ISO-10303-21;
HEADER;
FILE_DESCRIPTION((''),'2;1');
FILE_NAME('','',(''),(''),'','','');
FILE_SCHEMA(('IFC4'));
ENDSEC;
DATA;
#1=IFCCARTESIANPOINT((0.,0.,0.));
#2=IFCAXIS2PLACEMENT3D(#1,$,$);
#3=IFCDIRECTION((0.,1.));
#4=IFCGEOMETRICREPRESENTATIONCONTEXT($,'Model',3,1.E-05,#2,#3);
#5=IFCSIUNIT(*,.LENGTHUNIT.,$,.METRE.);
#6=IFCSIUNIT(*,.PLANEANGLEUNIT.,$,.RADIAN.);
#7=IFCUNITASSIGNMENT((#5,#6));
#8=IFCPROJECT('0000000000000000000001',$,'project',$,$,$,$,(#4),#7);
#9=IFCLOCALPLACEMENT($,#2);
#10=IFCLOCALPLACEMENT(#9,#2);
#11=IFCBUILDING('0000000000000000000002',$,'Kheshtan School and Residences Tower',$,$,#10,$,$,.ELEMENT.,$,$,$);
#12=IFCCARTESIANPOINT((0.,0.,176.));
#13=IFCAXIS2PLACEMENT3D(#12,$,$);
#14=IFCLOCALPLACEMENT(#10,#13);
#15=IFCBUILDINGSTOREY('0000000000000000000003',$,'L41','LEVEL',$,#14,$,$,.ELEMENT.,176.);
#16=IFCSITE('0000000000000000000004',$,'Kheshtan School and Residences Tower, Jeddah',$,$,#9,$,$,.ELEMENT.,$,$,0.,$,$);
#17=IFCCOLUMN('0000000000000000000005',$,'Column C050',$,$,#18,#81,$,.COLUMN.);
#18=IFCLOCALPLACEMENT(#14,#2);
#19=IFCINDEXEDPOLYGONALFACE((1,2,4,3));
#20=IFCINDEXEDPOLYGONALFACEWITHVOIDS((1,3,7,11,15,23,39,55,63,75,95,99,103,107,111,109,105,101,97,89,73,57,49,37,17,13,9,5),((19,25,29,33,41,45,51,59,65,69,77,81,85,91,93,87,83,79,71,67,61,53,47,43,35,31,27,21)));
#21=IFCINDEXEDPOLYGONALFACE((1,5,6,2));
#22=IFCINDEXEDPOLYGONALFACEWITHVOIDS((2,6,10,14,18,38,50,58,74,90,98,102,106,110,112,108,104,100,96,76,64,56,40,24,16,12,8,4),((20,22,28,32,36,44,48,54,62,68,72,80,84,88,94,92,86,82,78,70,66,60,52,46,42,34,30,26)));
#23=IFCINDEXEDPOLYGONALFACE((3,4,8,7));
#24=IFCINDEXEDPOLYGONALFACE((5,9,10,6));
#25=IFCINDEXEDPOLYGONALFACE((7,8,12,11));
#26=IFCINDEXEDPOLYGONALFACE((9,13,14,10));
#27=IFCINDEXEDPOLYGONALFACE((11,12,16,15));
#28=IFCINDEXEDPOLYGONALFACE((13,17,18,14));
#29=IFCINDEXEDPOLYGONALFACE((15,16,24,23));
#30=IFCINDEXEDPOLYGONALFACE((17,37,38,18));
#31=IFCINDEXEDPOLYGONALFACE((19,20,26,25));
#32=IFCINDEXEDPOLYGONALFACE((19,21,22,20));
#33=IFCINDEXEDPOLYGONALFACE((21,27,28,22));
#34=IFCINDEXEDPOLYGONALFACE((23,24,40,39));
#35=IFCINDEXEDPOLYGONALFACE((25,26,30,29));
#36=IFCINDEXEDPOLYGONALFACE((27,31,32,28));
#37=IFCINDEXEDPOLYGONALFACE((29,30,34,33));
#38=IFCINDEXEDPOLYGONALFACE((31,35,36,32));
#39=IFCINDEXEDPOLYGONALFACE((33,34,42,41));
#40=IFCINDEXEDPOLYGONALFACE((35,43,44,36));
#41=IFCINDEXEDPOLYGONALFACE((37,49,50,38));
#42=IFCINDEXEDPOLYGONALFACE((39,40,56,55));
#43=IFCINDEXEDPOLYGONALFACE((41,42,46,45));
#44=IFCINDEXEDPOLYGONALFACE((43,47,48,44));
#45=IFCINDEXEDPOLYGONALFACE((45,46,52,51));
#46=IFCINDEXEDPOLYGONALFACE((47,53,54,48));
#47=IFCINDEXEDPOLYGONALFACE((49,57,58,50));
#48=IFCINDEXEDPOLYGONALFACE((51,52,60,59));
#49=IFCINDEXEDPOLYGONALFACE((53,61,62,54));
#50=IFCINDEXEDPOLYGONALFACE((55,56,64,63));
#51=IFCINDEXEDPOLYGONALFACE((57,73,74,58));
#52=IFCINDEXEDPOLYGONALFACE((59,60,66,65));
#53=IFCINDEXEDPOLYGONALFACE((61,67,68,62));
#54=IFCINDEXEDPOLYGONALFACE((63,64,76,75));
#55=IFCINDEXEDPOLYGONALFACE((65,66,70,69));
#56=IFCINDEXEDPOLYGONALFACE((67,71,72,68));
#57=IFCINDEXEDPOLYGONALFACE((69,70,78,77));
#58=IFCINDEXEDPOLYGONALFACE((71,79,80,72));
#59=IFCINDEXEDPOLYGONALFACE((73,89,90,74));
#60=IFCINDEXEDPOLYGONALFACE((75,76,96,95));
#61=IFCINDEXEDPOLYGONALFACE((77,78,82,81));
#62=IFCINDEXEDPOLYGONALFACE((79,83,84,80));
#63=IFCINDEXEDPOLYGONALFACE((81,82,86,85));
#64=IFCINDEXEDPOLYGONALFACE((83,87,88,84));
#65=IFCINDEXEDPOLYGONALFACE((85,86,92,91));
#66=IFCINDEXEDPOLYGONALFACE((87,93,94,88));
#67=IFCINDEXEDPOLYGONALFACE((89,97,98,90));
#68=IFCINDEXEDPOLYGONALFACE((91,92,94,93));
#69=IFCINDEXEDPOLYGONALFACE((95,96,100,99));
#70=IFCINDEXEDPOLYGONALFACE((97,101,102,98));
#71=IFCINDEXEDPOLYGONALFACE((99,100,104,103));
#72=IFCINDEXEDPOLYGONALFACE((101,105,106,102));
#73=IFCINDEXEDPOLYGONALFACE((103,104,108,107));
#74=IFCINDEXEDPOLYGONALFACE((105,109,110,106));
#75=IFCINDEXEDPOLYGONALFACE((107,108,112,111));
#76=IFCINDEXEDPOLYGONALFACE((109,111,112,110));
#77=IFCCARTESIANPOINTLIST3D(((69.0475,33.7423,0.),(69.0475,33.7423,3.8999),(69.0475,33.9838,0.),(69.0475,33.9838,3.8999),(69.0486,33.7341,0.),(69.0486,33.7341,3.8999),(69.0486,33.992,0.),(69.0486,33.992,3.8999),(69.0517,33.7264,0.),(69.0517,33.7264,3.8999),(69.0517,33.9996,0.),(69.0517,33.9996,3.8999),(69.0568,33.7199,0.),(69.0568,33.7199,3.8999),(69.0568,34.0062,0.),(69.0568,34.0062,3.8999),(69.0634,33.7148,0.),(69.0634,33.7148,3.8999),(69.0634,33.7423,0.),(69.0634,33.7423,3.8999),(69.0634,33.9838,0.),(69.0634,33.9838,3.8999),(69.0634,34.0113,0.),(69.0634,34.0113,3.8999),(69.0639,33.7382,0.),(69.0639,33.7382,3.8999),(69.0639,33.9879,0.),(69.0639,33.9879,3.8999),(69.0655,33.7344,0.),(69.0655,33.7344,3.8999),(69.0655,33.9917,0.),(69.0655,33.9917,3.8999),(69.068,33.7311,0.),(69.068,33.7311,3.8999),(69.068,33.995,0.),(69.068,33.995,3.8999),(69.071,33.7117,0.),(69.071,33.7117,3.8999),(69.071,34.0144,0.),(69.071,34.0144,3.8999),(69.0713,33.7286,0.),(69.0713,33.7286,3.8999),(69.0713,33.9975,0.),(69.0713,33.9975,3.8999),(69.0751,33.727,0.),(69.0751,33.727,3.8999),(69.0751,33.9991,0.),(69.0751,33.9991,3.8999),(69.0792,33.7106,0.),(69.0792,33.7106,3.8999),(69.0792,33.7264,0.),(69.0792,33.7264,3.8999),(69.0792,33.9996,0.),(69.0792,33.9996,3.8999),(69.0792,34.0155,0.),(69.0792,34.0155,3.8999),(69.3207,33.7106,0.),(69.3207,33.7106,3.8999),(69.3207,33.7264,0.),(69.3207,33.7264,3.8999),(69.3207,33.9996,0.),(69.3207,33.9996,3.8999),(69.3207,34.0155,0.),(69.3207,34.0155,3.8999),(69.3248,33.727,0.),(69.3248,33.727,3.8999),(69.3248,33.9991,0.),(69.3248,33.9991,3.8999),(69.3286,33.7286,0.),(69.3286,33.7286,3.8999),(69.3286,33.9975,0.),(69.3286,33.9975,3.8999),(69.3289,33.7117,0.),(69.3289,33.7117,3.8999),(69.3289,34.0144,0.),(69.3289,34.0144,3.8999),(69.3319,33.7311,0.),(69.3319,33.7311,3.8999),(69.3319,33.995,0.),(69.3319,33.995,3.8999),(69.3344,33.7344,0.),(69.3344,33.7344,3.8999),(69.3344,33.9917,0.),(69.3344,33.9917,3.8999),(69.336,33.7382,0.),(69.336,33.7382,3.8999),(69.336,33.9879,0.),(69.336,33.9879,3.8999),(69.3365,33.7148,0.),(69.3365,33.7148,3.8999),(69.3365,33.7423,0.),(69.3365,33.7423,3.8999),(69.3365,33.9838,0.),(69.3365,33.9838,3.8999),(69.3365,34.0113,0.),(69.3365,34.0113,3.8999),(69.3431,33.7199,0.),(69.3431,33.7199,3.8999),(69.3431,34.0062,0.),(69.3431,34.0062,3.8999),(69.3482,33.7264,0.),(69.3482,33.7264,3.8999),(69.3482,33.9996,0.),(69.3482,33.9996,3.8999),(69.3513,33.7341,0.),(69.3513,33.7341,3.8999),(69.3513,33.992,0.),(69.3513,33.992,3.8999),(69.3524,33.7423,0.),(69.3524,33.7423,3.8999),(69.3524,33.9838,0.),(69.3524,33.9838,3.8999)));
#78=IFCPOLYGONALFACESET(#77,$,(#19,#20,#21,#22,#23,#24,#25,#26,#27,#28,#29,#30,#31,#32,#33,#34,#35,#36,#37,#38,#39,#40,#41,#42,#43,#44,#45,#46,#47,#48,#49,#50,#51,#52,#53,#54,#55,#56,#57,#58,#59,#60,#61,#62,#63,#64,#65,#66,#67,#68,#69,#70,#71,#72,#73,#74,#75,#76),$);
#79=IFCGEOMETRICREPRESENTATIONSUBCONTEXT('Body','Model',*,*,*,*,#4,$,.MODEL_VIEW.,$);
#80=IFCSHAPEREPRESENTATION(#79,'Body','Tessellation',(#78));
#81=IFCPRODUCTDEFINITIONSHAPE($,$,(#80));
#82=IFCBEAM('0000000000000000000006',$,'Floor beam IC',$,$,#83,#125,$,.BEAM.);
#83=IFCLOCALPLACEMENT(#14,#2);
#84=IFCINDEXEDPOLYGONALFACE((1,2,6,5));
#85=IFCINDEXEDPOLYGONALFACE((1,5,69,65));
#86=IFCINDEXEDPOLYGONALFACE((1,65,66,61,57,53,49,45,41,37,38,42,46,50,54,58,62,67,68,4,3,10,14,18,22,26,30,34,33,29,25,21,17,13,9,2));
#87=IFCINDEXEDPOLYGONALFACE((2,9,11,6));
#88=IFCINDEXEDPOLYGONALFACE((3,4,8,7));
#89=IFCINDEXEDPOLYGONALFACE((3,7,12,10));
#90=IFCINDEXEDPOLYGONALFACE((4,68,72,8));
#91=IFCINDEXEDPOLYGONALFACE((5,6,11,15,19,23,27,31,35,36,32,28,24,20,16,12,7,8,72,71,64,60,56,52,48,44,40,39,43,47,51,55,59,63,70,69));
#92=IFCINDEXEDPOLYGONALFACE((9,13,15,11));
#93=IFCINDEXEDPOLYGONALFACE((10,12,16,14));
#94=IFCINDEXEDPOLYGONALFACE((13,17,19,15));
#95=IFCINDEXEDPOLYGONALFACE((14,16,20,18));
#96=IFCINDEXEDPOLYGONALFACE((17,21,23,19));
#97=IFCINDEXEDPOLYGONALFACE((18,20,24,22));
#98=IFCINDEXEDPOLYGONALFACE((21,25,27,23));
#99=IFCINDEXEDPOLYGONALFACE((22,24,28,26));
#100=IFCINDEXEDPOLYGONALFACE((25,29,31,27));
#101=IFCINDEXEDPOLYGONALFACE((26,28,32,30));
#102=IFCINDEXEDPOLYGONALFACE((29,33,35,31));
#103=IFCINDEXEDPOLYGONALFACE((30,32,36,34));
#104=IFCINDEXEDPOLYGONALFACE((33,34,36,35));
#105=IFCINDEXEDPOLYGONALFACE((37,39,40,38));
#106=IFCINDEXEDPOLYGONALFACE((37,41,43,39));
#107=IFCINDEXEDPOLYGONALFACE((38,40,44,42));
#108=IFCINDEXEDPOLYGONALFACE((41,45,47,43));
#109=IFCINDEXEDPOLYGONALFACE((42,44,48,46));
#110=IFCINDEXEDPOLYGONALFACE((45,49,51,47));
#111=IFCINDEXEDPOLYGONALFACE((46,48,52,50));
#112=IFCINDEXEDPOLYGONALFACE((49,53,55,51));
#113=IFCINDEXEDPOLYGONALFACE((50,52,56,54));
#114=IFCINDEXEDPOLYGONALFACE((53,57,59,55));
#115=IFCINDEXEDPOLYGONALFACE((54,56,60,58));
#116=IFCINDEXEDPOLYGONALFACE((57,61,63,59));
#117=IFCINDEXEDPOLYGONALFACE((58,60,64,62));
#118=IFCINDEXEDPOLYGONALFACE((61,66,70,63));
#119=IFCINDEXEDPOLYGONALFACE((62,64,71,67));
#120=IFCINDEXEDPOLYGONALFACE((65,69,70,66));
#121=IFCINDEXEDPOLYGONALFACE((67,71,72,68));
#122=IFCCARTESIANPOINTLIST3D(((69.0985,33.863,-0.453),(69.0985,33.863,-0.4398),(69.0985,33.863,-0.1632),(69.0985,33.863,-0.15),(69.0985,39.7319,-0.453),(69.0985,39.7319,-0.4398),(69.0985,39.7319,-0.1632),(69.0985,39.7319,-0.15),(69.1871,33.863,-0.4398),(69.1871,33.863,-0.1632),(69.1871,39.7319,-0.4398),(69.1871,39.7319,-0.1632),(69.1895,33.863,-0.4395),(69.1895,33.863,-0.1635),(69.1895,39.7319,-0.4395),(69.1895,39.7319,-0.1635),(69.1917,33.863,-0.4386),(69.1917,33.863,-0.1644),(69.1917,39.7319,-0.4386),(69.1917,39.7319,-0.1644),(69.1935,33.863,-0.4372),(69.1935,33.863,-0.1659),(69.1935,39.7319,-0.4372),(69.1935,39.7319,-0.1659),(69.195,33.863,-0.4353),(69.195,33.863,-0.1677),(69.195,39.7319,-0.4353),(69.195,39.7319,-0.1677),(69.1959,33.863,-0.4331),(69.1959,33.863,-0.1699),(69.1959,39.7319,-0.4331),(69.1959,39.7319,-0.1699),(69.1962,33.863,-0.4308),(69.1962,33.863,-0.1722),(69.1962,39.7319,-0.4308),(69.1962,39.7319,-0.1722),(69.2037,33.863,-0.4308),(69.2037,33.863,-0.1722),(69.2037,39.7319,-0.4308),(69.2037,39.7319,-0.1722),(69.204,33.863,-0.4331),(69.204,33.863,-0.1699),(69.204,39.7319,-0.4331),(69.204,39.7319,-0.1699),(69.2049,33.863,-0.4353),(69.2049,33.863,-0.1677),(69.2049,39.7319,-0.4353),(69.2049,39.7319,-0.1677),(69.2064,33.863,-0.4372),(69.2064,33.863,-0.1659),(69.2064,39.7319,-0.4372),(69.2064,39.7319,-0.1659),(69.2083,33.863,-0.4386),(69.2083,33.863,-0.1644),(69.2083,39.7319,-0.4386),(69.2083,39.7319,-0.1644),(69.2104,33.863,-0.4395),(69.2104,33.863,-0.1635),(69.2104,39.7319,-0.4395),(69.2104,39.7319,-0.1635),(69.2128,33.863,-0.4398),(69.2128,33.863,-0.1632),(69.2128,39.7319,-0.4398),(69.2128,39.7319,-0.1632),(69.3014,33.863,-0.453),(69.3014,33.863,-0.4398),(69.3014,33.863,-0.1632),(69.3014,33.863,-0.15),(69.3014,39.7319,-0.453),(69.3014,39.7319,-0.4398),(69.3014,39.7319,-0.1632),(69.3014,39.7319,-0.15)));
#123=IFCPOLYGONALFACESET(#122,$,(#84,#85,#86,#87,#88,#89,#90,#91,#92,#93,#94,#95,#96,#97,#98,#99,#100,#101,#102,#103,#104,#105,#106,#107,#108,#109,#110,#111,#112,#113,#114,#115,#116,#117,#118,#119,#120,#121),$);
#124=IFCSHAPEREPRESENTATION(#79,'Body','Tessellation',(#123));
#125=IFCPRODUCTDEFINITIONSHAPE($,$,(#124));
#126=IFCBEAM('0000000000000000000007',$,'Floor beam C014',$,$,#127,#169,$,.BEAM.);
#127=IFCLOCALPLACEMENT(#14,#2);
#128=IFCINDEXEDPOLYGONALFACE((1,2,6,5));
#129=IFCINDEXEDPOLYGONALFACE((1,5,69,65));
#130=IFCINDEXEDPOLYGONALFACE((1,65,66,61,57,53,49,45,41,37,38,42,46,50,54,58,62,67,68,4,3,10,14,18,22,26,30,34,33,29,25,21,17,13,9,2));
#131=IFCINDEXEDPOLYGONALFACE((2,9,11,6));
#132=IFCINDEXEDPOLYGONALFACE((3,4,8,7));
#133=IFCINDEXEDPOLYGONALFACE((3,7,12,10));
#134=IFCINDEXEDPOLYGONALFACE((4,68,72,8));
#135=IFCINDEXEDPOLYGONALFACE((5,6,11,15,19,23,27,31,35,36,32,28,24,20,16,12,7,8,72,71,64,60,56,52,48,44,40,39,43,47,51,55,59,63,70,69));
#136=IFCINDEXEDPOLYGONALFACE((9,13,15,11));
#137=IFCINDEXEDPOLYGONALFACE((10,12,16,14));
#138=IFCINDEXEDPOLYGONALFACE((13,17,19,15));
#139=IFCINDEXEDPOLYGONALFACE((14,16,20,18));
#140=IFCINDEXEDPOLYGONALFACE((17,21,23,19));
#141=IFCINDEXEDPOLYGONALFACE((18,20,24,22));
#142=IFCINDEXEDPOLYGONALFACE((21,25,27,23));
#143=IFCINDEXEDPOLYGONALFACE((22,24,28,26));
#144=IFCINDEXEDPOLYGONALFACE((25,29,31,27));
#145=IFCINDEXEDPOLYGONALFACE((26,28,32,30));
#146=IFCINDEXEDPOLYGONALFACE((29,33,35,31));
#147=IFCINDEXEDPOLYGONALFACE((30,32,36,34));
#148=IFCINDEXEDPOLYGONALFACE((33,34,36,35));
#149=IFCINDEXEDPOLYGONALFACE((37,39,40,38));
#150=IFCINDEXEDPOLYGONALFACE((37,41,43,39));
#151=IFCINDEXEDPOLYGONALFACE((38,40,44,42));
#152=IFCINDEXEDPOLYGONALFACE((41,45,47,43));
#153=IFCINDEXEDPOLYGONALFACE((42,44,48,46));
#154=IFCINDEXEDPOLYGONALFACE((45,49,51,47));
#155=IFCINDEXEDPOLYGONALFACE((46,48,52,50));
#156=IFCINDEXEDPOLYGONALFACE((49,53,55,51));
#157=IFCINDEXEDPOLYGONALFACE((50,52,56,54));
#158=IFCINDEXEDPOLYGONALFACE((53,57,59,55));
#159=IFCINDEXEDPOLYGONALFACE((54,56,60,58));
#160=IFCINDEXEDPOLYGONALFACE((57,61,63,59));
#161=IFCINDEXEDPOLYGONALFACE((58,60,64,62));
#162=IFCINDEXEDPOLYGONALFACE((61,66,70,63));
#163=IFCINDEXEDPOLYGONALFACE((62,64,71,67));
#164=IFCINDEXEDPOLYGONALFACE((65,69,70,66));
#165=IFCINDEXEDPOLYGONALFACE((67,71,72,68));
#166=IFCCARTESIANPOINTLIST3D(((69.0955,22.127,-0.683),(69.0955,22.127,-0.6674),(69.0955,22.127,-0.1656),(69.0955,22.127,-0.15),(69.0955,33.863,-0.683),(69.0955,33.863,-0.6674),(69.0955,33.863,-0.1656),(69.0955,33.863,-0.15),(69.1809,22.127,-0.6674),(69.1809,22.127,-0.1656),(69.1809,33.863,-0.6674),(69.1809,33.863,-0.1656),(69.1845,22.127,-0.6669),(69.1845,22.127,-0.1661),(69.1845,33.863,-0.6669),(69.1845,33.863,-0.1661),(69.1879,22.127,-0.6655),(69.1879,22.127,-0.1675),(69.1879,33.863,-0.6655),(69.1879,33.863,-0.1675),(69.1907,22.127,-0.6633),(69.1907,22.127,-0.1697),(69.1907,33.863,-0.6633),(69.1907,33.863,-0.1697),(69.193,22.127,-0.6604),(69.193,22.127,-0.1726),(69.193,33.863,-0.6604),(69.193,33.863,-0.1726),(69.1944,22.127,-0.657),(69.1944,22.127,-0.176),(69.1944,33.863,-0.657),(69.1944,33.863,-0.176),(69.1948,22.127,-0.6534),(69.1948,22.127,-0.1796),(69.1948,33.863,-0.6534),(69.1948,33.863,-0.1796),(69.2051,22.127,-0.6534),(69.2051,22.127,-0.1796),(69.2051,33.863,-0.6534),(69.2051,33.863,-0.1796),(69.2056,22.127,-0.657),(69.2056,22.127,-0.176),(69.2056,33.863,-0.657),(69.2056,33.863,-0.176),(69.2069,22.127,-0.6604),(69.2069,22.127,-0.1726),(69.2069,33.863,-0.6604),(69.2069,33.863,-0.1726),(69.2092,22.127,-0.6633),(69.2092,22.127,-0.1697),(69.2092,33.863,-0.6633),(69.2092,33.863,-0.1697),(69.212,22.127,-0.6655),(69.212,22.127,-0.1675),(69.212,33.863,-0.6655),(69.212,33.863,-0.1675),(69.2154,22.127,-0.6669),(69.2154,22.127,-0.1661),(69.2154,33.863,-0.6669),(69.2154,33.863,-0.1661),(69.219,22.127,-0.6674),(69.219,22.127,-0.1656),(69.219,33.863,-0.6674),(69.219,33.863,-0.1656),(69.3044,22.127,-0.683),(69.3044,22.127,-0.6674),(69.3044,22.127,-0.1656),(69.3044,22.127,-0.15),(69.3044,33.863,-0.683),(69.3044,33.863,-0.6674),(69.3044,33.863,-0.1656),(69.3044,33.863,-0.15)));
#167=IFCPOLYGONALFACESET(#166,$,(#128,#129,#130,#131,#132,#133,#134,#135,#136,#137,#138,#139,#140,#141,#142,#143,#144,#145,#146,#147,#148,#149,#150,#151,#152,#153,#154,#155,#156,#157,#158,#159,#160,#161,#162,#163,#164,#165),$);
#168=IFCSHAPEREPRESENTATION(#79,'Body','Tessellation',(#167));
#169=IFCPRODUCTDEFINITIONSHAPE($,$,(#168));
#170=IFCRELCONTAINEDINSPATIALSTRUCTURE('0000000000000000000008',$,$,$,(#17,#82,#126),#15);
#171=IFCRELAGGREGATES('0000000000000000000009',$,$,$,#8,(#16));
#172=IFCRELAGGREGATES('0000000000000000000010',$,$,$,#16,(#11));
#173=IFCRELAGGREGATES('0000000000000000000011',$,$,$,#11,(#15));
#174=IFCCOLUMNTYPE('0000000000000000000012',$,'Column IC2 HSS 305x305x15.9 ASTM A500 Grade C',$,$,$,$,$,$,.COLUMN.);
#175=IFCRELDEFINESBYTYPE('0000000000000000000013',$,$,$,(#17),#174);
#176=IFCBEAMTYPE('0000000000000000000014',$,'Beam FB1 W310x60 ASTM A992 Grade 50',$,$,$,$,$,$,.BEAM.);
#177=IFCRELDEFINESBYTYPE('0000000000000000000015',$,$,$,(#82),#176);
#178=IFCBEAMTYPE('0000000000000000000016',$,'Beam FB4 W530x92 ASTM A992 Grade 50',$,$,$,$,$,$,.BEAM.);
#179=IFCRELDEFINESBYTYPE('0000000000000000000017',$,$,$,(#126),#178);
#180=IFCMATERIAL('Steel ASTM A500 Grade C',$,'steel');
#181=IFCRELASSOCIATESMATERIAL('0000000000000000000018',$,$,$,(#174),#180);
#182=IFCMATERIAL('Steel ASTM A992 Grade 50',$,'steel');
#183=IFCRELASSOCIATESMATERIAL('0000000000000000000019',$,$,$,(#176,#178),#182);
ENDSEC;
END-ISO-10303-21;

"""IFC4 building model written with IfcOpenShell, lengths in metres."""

from ifc_helpers import new_model, si_unit, direction, frame, origin, origin_2d, place, context, subcontext, project, spatial, hollow_rectangle, i_section, extrude, material, material_profile, profile_set, type_object, element, save


model = new_model("IFC4")

# Units and contexts
model_context = context("Model", 3, precision=1e-05, world=origin(), true_north=direction((0.0, 1.0)))
body_context = subcontext(model_context, "Body", "Model", "MODEL_VIEW")
ifc_project = project(units=[si_unit("LENGTHUNIT", "METRE"), si_unit("PLANEANGLEUNIT", "RADIAN")], contexts=[model_context])

# Site, building, storey
site_placement = place(None, origin())
site = spatial("IfcSite", under=ifc_project, at=site_placement, Name="Kheshtan School and Residences Tower, Jeddah", CompositionType="ELEMENT", RefElevation=0.0)
building_placement = place(site_placement, origin())
building = spatial("IfcBuilding", under=site, at=building_placement, Name="Kheshtan School and Residences Tower", CompositionType="ELEMENT")
storey_placement = place(building_placement, frame((0.0, 0.0, 176.0)))
storey = spatial("IfcBuildingStorey", under=building, at=storey_placement, Name="L41", Description="LEVEL", CompositionType="ELEMENT", Elevation=176.0)

# Column
ifc_material_1 = material(Name="Steel ASTM A992 Grade 50", Category="steel")
ifc_material_2 = material(Name="Steel ASTM A500 Grade C", Category="steel")
ifc_material_profile_1 = material_profile(ifc_material_2, hollow_rectangle(XDim=0.3049, YDim=0.3049, WallThickness=0.0159, InnerFilletRadius=0.0159, OuterFilletRadius=0.0317, at=origin_2d()), Name="HSS 305x305x15.9")
ifc_profile_set_1 = profile_set([ifc_material_profile_1], Name="Steel ASTM A500 Grade C")
column_type_1 = type_object("IfcColumnType", Name="Column IC2 HSS 305x305x15.9 ASTM A500 Grade C", PredefinedType="COLUMN", material=ifc_profile_set_1)
column_placement = place(storey_placement, frame((69.2, 33.863, 0.0), z_axis=(0.0, 0.0, 1.0), x_axis=(1.0, 0.0, 0.0)))
element("IfcColumn", 1, at=column_placement, inside=storey, type_object=column_type_1, Name="Column C050", PredefinedType="COLUMN", context=body_context, shape_type="SweptSolid", body=[
    extrude(hollow_rectangle(XDim=0.3049, YDim=0.3049, WallThickness=0.0159, InnerFilletRadius=0.0159, OuterFilletRadius=0.0317, at=origin_2d()), origin(), (0.0, 0.0, 1.0), 3.8999),
])

# Beams
ifc_material_profile_2 = material_profile(ifc_material_1, i_section(OverallWidth=0.2029, OverallDepth=0.303, WebThickness=0.0076, FlangeThickness=0.0132, FilletRadius=0.009, at=origin_2d()), Name="W310x60")
ifc_profile_set_2 = profile_set([ifc_material_profile_2], Name="Steel ASTM A992 Grade 50")
beam_type_1 = type_object("IfcBeamType", Name="Beam FB1 W310x60 ASTM A992 Grade 50", PredefinedType="BEAM", material=ifc_profile_set_2)
beam_1_placement = place(storey_placement, frame((69.2, 33.863, -0.3015), z_axis=(0.0, 1.0, 0.0), x_axis=(-1.0, 0.0, 0.0)))
element("IfcBeam", 2, at=beam_1_placement, inside=storey, type_object=beam_type_1, Name="Floor beam IC", PredefinedType="BEAM", context=body_context, shape_type="SweptSolid", body=[
    extrude(i_section(OverallWidth=0.2029, OverallDepth=0.303, WebThickness=0.0076, FlangeThickness=0.0132, FilletRadius=0.009, at=origin_2d()), origin(), (0.0, 0.0, 1.0), 5.8689),
])
ifc_material_profile_3 = material_profile(ifc_material_1, i_section(OverallWidth=0.209, OverallDepth=0.533, WebThickness=0.0103, FlangeThickness=0.0156, FilletRadius=0.0139, at=origin_2d()), Name="W530x92")
ifc_profile_set_3 = profile_set([ifc_material_profile_3], Name="Steel ASTM A992 Grade 50")
beam_type_2 = type_object("IfcBeamType", Name="Beam FB4 W530x92 ASTM A992 Grade 50", PredefinedType="BEAM", material=ifc_profile_set_3)
beam_2_placement = place(storey_placement, frame((69.2, 22.127, -0.4165), z_axis=(0.0, 1.0, 0.0), x_axis=(-1.0, 0.0, 0.0)))
element("IfcBeam", 3, at=beam_2_placement, inside=storey, type_object=beam_type_2, Name="Floor beam C014", PredefinedType="BEAM", context=body_context, shape_type="SweptSolid", body=[
    extrude(i_section(OverallWidth=0.209, OverallDepth=0.533, WebThickness=0.0103, FlangeThickness=0.0156, FilletRadius=0.0139, at=origin_2d()), origin(), (0.0, 0.0, 1.0), 11.7361),
])

save(model, "model.ifc")
